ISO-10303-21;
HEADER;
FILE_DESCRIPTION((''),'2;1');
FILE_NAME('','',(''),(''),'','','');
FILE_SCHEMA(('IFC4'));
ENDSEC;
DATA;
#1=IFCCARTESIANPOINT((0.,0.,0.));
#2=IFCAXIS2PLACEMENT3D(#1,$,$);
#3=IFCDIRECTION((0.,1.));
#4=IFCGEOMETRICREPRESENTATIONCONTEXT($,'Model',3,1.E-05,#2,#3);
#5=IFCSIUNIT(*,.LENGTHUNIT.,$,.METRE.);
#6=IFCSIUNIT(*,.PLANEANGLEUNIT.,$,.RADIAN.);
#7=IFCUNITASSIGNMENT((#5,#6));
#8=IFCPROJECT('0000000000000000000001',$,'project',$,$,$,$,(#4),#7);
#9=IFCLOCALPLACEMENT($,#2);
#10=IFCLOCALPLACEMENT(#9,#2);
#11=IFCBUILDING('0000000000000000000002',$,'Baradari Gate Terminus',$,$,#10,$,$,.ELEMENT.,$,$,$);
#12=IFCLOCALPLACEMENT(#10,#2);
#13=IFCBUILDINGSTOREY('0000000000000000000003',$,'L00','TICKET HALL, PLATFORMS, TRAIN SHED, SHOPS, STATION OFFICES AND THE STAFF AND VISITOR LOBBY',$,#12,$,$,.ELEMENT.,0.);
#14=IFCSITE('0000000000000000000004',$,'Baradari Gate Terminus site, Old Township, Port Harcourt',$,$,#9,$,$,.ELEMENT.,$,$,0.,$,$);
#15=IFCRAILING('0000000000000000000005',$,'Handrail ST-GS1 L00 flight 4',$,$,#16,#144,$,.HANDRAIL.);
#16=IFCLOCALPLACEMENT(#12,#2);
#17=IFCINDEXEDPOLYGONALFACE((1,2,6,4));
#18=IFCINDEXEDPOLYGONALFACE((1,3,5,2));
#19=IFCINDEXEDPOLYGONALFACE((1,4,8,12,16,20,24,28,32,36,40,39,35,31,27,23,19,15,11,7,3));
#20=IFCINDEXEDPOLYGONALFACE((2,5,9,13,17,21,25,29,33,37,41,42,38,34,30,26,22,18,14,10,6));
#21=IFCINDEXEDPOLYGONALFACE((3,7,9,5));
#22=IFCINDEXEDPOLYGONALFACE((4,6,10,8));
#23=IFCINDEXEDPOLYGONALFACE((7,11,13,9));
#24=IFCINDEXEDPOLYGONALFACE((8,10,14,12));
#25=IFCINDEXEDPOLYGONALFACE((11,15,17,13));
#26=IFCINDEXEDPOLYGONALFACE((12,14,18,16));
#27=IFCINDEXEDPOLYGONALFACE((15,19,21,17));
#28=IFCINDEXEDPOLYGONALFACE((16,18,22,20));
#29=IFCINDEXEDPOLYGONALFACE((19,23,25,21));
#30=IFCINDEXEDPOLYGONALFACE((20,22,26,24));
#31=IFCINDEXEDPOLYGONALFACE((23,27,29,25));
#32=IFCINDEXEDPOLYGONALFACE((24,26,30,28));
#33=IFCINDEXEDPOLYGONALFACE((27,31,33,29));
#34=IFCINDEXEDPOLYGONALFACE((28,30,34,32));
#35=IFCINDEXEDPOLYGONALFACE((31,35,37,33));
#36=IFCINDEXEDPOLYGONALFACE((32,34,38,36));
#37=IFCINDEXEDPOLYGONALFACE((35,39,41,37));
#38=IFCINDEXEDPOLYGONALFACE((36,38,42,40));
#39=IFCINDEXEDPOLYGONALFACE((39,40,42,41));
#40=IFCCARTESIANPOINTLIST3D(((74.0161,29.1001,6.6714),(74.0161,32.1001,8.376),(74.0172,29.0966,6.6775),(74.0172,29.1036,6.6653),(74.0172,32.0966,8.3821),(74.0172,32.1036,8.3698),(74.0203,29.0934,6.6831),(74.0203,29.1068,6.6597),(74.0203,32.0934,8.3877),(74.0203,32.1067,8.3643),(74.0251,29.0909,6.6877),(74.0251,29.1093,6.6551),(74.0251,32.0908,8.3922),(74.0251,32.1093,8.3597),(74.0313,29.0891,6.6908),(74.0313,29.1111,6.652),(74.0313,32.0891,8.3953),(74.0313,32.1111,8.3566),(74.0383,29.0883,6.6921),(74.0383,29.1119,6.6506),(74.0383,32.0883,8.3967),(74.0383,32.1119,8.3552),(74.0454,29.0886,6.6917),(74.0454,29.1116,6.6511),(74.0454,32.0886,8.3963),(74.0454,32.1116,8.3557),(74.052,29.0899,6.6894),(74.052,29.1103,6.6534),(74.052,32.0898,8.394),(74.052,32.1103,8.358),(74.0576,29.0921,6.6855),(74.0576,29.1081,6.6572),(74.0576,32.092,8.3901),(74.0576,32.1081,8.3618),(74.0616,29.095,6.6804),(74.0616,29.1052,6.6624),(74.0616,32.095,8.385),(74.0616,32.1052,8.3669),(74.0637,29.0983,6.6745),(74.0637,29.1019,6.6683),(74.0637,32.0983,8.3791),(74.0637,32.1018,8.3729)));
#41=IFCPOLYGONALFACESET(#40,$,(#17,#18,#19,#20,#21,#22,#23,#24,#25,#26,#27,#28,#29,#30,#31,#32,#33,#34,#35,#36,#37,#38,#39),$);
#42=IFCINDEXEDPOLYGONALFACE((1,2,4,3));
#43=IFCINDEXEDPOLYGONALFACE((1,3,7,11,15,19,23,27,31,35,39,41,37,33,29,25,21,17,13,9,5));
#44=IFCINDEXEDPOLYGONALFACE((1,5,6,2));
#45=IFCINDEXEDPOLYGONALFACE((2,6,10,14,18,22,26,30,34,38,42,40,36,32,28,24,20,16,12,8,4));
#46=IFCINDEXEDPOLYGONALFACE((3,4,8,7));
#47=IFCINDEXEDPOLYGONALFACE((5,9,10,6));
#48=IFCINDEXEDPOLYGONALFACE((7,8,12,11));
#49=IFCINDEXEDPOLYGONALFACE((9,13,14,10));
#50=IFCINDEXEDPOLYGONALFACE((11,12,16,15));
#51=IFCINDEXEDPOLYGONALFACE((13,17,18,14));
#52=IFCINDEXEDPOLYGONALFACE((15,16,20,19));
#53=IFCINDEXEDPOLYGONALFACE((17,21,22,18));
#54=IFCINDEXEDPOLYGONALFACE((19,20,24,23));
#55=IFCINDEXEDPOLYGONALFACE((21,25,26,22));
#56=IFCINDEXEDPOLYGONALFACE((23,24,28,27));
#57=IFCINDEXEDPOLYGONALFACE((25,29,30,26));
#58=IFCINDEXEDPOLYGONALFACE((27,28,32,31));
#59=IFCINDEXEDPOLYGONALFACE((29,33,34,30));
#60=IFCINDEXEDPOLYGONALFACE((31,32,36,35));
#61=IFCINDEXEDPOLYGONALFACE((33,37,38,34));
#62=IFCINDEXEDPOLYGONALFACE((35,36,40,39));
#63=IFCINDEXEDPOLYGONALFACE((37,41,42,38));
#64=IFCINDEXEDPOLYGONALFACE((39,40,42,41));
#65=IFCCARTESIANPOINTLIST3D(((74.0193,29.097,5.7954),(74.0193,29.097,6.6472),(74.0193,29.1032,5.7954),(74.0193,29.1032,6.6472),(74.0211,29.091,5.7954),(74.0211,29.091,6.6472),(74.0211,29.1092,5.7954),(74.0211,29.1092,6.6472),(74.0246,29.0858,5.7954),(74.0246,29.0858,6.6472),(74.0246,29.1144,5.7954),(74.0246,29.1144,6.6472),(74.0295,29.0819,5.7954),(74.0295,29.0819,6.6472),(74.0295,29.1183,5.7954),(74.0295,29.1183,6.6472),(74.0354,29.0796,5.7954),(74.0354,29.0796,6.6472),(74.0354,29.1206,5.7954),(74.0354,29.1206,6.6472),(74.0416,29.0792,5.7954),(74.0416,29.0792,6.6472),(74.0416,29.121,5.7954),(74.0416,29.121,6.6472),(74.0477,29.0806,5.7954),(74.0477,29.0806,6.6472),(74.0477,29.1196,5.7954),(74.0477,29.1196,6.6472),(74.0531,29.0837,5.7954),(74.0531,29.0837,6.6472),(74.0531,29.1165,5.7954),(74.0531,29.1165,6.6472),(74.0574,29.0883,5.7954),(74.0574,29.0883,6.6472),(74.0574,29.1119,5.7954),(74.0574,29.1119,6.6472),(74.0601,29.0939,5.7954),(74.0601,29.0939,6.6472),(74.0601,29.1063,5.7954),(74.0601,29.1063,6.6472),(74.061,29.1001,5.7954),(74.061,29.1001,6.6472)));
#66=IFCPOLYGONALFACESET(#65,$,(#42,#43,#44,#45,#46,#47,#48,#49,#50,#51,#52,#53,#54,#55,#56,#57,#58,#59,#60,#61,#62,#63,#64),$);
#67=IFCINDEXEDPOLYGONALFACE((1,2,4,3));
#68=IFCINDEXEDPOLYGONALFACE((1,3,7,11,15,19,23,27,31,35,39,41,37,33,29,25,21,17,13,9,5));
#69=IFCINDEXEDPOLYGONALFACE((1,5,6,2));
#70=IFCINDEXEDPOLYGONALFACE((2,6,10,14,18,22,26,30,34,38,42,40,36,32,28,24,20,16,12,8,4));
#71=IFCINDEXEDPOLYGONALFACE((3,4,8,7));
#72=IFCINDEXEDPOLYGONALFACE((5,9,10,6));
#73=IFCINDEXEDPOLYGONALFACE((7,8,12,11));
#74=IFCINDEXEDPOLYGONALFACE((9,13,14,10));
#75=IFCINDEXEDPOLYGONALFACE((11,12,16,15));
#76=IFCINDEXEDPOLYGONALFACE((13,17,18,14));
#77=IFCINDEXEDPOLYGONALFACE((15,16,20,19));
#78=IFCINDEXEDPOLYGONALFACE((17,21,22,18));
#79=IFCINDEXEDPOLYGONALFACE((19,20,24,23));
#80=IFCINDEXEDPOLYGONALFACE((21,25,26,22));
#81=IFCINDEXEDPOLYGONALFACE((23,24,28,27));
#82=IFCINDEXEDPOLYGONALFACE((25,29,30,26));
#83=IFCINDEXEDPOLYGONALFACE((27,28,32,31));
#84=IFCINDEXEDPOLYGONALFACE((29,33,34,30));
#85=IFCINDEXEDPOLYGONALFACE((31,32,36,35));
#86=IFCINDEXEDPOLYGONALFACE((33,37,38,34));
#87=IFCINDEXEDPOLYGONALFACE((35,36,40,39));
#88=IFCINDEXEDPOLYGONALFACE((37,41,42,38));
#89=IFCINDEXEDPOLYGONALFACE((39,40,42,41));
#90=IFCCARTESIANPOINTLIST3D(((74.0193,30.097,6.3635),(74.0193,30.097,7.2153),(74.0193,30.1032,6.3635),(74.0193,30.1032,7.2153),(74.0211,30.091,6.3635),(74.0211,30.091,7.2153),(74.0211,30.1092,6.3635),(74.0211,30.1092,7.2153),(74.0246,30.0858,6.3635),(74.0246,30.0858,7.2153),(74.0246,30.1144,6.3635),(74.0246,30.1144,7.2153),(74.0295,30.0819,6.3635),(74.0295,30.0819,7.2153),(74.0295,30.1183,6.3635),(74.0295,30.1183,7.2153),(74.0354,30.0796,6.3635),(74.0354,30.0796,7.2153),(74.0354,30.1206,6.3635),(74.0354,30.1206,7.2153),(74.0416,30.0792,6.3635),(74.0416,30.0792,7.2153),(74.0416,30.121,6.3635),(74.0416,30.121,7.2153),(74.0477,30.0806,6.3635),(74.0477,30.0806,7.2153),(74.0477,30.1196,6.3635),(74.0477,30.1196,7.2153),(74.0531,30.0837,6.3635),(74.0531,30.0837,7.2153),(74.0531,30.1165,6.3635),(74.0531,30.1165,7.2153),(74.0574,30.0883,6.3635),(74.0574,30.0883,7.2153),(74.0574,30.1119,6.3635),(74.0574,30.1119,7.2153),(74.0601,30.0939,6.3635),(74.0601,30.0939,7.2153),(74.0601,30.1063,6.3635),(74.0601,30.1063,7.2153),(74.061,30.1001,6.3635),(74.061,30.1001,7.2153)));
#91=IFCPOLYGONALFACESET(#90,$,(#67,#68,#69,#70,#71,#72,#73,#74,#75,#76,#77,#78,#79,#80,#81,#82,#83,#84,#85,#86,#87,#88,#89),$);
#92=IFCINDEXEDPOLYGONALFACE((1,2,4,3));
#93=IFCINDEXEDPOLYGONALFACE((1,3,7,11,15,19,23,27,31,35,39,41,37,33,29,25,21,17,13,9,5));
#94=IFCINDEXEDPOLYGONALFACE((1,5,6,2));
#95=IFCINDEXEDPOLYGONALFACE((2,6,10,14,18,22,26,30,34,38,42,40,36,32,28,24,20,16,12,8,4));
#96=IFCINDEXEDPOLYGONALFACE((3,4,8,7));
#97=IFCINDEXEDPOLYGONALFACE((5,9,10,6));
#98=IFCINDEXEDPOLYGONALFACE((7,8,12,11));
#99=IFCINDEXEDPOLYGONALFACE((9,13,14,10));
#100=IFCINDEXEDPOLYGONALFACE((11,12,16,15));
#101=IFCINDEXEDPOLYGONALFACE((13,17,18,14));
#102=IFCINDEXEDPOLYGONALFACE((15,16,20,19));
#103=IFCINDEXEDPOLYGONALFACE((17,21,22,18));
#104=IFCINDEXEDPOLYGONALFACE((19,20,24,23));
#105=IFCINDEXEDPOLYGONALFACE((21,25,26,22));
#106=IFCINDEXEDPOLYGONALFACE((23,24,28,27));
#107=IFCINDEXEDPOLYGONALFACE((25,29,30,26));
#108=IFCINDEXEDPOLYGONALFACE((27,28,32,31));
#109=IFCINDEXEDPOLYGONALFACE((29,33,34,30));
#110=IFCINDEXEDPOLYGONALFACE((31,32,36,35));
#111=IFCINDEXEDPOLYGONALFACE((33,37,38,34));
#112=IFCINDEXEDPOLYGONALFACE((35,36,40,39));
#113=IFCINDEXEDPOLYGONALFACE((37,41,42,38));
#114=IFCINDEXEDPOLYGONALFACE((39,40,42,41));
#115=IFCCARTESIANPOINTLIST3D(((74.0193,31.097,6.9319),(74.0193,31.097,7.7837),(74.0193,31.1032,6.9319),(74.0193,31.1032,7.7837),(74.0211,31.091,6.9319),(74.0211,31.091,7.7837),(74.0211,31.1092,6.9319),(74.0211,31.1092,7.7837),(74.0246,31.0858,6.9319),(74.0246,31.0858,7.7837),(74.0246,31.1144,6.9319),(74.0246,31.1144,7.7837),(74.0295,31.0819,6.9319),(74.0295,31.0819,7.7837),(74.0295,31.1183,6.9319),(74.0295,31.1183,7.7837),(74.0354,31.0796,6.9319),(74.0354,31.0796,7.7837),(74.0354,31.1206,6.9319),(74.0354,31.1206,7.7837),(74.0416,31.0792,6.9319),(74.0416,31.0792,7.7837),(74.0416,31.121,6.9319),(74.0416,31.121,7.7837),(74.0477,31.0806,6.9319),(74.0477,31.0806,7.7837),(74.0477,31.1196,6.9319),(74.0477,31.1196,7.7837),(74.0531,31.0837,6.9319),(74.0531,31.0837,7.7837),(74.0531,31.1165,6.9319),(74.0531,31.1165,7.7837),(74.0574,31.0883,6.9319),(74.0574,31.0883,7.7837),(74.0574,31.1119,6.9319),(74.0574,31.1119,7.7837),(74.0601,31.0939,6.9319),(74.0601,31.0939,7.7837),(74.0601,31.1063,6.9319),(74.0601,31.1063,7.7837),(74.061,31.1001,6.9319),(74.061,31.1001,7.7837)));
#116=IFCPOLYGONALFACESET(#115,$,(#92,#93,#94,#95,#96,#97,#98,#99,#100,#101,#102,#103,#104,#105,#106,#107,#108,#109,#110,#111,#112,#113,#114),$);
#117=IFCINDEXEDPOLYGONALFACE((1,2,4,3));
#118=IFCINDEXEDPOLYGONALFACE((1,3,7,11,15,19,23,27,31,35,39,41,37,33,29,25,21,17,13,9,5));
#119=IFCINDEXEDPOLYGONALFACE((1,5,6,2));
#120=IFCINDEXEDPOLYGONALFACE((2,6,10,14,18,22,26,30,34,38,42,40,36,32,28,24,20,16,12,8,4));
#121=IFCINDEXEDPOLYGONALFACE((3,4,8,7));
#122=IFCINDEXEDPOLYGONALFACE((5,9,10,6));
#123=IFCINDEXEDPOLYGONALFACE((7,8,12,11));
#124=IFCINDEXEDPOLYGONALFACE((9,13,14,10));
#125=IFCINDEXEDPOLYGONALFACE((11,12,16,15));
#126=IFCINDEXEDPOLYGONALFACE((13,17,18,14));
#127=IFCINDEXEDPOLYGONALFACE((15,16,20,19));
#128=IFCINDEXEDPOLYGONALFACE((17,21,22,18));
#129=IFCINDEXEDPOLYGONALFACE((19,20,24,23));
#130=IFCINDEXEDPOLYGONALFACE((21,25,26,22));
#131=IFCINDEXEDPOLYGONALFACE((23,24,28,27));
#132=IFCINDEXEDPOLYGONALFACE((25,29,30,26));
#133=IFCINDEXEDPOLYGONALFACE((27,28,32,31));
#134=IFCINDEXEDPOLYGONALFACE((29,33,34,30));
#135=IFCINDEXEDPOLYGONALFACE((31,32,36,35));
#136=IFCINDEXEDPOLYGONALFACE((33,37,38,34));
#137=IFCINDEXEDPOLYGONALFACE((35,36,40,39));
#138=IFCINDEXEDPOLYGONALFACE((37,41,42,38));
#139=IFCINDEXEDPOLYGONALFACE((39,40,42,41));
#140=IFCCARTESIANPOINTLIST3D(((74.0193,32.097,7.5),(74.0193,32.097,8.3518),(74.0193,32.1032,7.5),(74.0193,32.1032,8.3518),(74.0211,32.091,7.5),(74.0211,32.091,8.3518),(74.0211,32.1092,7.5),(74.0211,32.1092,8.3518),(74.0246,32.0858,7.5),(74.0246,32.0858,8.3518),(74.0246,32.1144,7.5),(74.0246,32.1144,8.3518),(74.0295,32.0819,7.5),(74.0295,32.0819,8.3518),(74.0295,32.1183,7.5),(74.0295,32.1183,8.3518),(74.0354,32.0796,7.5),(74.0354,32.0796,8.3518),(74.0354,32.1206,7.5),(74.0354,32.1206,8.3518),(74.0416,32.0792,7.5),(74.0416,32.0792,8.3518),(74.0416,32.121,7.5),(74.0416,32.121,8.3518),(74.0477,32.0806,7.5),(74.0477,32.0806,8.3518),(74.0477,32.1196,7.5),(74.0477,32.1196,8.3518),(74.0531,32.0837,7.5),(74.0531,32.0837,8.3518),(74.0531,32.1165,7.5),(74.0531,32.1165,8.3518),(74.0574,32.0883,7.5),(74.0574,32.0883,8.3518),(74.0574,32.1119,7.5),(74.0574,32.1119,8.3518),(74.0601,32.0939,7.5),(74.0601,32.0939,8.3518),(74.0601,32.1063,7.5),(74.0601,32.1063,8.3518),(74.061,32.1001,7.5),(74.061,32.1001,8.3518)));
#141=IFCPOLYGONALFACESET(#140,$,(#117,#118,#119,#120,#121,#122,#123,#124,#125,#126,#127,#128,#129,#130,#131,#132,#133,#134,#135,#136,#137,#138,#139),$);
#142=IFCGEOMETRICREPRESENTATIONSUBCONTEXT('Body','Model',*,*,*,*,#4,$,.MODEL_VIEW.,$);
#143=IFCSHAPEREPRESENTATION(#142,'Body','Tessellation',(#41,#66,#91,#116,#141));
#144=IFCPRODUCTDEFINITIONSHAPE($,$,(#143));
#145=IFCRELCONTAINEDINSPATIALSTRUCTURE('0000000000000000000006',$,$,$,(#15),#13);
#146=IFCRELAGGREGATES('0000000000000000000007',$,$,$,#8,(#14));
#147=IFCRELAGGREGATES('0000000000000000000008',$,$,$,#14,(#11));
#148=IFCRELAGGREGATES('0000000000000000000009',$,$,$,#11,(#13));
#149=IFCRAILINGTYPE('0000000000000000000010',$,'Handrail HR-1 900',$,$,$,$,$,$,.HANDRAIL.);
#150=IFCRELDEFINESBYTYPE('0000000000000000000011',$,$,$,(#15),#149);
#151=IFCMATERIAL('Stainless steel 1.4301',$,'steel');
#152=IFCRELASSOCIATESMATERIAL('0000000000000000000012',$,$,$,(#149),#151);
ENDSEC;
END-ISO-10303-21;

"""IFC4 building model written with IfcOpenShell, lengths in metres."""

from ifc_helpers import new_model, si_unit, direction, frame, origin, origin_2d, place, context, subcontext, project, spatial, circle, extrude, material, type_object, element, save


model = new_model("IFC4")

# Units and contexts
model_context = context("Model", 3, precision=1e-05, world=origin(), true_north=direction((0.0, 1.0)))
body_context = subcontext(model_context, "Body", "Model", "MODEL_VIEW")
ifc_project = project(units=[si_unit("LENGTHUNIT", "METRE"), si_unit("PLANEANGLEUNIT", "RADIAN")], contexts=[model_context])

# Site, building, storey
site_placement = place(None, origin())
site = spatial("IfcSite", under=ifc_project, at=site_placement, Name="Baradari Gate Terminus site, Old Township, Port Harcourt", CompositionType="ELEMENT", RefElevation=0.0)
building_placement = place(site_placement, origin())
building = spatial("IfcBuilding", under=site, at=building_placement, Name="Baradari Gate Terminus", CompositionType="ELEMENT")
storey_placement = place(building_placement, origin())
storey = spatial("IfcBuildingStorey", under=building, at=storey_placement, Name="L00", Description="TICKET HALL, PLATFORMS, TRAIN SHED, SHOPS, STATION OFFICES AND THE STAFF AND VISITOR LOBBY", CompositionType="ELEMENT", Elevation=0.0)

# Railing
ifc_material_1 = material(Name="Stainless steel 1.4301", Category="steel")
railing_type = type_object("IfcRailingType", Name="Handrail HR-1 900", PredefinedType="HANDRAIL", material=ifc_material_1)
for number, where, name in (
    (1, (74.04, 29.1001, 5.7954), "Handrail ST-GS1 L00 flight 4"),
):
    element("IfcRailing", number, at=place(storey_placement, frame(where)), inside=storey, type_object=railing_type, Name=name, PredefinedType="HANDRAIL", context=body_context, shape_type="SweptSolid", body=[
        extrude(circle(Radius=0.0239, at=origin_2d()), frame((0.0, 0.0, 0.876), z_axis=(0.0, 0.869451, 0.494019), x_axis=(-1.0, 0.0, 0.0)), (0.0, 0.0, 1.0), 3.4504),
        extrude(circle(Radius=0.021, at=origin_2d()), origin(), (0.0, 0.0, 1.0), 0.8518),
        extrude(circle(Radius=0.021, at=origin_2d()), frame((0.0, 1.0, 0.5681)), (0.0, 0.0, 1.0), 0.8518),
        extrude(circle(Radius=0.021, at=origin_2d()), frame((0.0, 2.0, 1.1365)), (0.0, 0.0, 1.0), 0.8518),
        extrude(circle(Radius=0.021, at=origin_2d()), frame((0.0, 3.0, 1.7046)), (0.0, 0.0, 1.0), 0.8518),
    ])

save(model, "model.ifc")
